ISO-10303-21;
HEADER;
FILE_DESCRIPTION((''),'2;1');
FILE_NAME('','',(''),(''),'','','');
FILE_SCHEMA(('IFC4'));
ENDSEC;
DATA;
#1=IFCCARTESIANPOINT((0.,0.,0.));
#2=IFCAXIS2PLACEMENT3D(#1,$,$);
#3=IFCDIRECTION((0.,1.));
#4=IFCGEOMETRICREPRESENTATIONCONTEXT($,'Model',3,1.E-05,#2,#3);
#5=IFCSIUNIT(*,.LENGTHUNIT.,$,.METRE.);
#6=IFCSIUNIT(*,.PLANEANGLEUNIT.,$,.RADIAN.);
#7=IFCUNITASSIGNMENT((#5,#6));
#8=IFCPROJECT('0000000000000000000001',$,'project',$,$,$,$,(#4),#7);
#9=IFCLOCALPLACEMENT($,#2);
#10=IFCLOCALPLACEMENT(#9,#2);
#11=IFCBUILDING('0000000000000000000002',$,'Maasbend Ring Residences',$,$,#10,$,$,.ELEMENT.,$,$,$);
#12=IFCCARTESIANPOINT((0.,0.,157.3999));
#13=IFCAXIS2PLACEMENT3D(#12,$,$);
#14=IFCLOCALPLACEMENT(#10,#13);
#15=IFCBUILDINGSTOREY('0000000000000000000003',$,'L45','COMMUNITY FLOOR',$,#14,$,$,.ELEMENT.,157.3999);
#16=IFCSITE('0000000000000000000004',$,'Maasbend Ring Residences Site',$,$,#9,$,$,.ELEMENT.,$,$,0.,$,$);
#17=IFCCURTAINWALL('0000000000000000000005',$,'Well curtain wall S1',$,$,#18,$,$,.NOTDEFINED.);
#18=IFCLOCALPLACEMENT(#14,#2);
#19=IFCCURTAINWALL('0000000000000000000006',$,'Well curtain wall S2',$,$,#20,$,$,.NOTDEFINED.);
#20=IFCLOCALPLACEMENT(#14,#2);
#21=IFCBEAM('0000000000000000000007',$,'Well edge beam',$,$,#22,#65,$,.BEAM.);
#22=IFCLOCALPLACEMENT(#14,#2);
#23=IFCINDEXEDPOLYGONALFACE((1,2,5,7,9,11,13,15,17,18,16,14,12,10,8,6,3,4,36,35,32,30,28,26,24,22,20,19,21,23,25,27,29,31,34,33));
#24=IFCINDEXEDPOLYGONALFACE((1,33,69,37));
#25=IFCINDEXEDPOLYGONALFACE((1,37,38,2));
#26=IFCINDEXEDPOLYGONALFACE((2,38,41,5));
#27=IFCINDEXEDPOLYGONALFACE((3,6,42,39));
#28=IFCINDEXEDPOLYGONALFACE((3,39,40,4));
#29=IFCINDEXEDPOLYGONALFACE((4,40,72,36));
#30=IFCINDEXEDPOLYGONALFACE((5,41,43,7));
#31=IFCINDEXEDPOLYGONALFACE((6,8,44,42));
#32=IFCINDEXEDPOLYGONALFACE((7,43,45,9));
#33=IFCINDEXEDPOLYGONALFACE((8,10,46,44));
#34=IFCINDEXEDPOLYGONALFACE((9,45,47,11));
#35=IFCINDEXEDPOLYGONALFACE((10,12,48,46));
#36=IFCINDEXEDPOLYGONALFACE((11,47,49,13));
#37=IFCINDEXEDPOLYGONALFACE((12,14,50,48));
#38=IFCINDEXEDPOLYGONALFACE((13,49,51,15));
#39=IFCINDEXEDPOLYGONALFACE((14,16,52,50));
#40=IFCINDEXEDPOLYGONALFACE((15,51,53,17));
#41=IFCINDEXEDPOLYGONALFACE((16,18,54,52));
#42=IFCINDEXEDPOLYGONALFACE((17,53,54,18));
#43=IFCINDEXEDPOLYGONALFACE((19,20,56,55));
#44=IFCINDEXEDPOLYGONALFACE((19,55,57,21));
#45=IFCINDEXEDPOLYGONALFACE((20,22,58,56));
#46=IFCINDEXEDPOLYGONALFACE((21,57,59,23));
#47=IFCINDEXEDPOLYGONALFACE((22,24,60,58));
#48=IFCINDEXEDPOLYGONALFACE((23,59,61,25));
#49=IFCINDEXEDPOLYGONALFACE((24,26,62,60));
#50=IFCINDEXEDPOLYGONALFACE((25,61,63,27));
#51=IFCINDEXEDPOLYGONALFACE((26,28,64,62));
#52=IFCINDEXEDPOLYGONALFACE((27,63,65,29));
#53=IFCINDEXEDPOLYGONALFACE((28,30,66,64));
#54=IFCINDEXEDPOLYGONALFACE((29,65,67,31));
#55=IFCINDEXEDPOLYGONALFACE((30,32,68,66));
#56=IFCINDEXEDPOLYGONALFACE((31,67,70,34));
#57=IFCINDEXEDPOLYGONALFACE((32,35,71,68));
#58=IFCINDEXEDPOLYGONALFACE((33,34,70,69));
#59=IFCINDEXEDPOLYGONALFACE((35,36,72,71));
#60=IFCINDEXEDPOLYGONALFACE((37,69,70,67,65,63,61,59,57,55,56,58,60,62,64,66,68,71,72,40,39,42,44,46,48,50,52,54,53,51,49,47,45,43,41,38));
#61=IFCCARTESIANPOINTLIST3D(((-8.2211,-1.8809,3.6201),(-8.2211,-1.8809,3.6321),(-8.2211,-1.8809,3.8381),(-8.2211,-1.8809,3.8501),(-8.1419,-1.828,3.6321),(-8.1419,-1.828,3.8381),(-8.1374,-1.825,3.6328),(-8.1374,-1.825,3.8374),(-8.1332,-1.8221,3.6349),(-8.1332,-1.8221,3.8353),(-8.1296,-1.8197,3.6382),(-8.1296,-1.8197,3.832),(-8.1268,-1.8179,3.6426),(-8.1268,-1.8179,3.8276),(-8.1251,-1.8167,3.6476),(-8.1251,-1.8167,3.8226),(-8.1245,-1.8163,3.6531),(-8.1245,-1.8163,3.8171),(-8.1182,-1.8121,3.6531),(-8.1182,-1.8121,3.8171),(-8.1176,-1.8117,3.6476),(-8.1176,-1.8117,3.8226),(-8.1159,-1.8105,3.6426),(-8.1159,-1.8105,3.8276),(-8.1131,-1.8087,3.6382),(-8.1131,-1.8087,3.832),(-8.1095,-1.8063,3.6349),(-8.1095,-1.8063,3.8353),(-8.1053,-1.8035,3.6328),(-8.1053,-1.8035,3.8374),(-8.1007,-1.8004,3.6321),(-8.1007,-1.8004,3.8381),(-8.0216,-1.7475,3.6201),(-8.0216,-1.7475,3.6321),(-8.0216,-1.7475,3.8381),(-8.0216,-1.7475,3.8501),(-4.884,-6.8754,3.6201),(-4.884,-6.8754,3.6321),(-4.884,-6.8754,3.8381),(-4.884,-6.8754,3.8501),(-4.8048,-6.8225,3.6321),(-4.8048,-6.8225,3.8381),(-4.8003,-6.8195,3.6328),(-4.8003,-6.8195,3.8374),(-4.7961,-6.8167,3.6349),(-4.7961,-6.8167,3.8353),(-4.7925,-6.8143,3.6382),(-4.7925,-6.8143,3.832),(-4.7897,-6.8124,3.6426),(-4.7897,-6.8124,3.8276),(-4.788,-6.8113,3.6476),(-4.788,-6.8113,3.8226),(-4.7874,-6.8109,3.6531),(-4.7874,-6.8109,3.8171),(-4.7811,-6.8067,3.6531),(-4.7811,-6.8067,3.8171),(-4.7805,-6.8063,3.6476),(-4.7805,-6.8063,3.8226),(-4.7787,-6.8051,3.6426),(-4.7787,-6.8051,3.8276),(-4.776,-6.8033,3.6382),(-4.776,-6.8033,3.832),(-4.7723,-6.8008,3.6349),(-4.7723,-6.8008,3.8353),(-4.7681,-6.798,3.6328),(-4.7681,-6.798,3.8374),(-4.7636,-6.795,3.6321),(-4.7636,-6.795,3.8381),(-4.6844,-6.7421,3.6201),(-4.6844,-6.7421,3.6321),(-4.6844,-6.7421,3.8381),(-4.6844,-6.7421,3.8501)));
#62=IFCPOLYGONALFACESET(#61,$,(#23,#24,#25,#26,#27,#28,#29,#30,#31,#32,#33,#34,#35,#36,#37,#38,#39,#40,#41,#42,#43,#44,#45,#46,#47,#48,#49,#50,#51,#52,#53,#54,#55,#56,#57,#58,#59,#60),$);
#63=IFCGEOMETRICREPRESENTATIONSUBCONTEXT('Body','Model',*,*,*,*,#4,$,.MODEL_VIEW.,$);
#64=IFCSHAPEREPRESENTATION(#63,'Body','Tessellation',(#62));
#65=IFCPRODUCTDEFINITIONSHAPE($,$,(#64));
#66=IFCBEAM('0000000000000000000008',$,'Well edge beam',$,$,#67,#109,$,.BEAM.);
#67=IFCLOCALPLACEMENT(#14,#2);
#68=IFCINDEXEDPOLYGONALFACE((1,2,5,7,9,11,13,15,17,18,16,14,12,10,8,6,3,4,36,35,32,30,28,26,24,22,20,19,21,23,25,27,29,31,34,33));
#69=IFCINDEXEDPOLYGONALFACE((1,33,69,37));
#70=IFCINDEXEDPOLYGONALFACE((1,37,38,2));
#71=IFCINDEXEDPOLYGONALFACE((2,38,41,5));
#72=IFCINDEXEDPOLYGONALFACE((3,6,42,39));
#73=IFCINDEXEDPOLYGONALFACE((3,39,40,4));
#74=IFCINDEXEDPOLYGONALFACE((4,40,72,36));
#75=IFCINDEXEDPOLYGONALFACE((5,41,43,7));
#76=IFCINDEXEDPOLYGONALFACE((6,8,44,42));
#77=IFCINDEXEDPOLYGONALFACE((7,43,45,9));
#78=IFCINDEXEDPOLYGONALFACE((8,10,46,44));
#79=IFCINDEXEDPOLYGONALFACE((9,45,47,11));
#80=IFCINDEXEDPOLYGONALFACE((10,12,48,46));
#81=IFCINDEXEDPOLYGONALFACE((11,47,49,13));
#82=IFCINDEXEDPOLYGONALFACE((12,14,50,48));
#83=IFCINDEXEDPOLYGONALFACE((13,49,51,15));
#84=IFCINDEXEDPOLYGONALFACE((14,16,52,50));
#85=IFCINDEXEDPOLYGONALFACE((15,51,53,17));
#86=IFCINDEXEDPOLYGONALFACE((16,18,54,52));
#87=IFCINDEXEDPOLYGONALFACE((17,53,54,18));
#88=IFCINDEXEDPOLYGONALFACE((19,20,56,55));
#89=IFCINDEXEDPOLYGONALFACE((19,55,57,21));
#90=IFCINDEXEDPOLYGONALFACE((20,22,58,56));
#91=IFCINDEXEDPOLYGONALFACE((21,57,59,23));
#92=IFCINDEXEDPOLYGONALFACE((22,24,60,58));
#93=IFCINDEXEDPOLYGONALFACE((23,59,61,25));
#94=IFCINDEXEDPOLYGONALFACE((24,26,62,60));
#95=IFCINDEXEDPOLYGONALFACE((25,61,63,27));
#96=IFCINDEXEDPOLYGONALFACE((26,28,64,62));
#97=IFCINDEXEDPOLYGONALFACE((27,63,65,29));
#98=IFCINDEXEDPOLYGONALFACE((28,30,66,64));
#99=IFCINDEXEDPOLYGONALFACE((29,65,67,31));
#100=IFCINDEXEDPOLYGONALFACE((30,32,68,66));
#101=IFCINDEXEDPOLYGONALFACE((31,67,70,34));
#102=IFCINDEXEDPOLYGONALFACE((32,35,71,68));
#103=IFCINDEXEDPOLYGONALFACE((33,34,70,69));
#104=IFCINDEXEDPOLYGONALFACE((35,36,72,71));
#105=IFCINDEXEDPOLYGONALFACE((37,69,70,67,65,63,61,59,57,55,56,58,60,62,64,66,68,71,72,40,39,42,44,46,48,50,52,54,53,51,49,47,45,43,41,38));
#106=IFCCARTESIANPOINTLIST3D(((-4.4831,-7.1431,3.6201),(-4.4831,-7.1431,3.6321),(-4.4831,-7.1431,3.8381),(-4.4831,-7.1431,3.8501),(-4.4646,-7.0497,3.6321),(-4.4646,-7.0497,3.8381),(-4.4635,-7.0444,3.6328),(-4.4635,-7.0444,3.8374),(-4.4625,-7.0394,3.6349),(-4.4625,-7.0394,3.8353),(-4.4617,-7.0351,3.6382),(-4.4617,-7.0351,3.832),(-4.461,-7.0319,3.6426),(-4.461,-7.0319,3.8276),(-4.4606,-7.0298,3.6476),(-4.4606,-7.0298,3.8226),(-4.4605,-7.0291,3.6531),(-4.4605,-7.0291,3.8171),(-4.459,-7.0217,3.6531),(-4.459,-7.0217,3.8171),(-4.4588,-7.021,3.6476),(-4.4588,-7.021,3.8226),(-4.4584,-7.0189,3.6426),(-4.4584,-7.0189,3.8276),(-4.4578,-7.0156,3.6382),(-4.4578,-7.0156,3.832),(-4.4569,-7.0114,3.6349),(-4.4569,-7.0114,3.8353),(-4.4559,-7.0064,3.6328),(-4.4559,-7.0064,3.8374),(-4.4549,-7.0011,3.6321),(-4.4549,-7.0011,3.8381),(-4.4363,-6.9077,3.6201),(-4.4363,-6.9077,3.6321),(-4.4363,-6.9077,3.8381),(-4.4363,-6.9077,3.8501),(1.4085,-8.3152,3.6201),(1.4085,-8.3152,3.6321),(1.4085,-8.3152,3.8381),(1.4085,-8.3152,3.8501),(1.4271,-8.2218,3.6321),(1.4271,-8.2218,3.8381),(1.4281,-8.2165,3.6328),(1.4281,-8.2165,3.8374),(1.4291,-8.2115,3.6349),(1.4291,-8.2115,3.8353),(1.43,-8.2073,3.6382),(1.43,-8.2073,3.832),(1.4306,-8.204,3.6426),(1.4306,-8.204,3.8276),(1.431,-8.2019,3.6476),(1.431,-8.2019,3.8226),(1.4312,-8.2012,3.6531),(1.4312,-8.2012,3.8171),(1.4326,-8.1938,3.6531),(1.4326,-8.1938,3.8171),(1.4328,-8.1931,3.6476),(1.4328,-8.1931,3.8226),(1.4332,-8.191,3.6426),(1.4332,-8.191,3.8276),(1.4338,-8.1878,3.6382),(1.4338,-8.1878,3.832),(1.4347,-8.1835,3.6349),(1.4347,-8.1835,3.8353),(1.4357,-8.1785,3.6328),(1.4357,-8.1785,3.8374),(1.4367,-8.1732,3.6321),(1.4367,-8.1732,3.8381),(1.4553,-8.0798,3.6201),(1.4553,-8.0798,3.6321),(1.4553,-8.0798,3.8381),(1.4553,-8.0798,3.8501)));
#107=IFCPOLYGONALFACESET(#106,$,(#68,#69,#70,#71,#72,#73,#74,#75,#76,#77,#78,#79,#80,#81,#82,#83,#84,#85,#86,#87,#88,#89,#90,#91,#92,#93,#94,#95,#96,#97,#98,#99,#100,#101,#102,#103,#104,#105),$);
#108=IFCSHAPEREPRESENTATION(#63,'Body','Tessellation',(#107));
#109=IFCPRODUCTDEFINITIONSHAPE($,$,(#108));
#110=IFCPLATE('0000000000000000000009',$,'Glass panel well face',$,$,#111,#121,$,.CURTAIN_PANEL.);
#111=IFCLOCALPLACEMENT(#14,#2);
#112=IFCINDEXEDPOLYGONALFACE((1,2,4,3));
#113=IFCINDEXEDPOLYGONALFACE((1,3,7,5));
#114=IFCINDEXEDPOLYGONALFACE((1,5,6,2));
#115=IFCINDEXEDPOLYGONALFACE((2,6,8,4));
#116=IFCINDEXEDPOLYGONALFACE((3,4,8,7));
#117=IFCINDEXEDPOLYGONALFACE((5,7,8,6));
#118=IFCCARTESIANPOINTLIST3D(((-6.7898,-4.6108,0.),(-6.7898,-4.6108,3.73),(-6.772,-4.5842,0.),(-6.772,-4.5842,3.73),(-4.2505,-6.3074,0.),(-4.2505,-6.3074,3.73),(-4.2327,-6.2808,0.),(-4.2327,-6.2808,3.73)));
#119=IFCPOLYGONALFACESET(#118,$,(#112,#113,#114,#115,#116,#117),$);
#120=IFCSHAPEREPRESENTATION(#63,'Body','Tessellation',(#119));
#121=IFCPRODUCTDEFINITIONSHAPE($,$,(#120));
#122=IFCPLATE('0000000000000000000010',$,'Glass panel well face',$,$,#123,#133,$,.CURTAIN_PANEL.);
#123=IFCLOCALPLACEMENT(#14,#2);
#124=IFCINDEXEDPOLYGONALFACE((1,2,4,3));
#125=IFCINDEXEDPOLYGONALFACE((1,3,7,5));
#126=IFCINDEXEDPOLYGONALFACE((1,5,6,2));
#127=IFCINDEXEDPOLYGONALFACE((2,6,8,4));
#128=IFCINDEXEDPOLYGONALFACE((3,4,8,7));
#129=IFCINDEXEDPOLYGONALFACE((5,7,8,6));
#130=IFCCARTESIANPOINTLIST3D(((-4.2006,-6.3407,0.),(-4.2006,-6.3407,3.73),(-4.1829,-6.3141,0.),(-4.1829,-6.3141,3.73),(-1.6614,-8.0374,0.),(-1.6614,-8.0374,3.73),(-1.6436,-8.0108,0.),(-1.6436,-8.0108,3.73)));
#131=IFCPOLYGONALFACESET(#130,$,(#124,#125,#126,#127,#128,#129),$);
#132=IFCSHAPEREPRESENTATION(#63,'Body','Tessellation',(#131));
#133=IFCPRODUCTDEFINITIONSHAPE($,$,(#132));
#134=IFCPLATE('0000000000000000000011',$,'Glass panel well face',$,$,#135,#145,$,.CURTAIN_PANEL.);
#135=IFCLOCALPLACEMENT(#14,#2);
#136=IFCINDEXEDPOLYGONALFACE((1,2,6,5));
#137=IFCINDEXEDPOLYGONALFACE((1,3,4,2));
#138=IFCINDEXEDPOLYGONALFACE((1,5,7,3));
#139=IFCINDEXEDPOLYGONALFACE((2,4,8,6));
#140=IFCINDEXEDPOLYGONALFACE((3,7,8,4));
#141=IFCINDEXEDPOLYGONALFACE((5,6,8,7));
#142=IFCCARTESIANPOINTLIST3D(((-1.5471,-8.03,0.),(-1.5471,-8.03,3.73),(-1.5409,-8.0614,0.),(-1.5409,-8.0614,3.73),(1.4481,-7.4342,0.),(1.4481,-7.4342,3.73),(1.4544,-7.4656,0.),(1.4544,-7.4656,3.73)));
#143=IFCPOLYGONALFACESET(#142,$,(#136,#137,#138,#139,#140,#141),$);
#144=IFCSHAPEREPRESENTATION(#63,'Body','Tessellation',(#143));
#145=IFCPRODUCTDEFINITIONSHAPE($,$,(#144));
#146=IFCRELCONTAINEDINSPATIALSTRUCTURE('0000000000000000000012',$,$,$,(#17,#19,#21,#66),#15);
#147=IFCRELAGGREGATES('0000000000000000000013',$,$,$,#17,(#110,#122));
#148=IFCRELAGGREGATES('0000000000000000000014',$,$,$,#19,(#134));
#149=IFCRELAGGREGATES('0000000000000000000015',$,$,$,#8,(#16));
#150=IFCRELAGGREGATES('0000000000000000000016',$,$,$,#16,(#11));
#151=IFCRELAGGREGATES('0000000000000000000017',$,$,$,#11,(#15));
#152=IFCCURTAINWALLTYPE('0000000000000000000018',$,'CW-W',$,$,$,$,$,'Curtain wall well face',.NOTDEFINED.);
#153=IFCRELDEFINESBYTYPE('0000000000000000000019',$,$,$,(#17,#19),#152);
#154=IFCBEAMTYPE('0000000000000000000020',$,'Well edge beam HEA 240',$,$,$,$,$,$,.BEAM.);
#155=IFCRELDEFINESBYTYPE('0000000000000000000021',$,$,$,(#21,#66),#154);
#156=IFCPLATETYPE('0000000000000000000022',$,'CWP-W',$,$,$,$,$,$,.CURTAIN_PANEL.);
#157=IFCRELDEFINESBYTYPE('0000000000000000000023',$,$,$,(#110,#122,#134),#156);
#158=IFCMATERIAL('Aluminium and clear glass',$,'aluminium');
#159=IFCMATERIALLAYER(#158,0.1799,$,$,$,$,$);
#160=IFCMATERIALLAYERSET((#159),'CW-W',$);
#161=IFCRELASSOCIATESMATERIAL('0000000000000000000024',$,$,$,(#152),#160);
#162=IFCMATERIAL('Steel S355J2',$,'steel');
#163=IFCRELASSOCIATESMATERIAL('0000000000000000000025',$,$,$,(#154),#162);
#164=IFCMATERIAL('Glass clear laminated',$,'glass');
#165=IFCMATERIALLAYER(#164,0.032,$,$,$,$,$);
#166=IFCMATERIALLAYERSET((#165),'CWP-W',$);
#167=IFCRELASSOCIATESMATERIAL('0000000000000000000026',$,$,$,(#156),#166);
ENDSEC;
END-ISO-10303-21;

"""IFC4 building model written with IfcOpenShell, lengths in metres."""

from ifc_helpers import new_model, si_unit, direction, frame, origin, origin_2d, place, context, subcontext, project, spatial, rectangle, i_section, extrude, material, layer, layer_set, material_profile, profile_set, type_object, element, aggregate, save


model = new_model("IFC4")

# Units and contexts
model_context = context("Model", 3, precision=1e-05, world=origin(), true_north=direction((0.0, 1.0)))
body_context = subcontext(model_context, "Body", "Model", "MODEL_VIEW")
ifc_project = project(units=[si_unit("LENGTHUNIT", "METRE"), si_unit("PLANEANGLEUNIT", "RADIAN")], contexts=[model_context])

# Site, building, storey
site_placement = place(None, origin())
site = spatial("IfcSite", under=ifc_project, at=site_placement, Name="Maasbend Ring Residences Site", CompositionType="ELEMENT", RefElevation=0.0)
building_placement = place(site_placement, origin())
building = spatial("IfcBuilding", under=site, at=building_placement, Name="Maasbend Ring Residences", CompositionType="ELEMENT")
storey_placement = place(building_placement, frame((0.0, 0.0, 157.3999)))
storey = spatial("IfcBuildingStorey", under=building, at=storey_placement, Name="L45", Description="COMMUNITY FLOOR", CompositionType="ELEMENT", Elevation=157.3999)

# Curtain wall
ifc_material_1 = material(Name="Aluminium and clear glass", Category="aluminium")
ifc_layer_1 = layer(ifc_material_1, 0.1799)
ifc_layer_set_1 = layer_set([ifc_layer_1], Name="CW-W")
curtain_wall_type = type_object("IfcCurtainWallType", Name="CW-W", ElementType="Curtain wall well face", PredefinedType="NOTDEFINED", material=ifc_layer_set_1)
curtain_wall_1_placement = place(storey_placement, origin())
curtain_wall_1 = element("IfcCurtainWall", 1, at=curtain_wall_1_placement, inside=storey, type_object=curtain_wall_type, Name="Well curtain wall S1", PredefinedType="NOTDEFINED")

# Curtain wall
curtain_wall_2_placement = place(storey_placement, origin())
curtain_wall_2 = element("IfcCurtainWall", 2, at=curtain_wall_2_placement, inside=storey, type_object=curtain_wall_type, Name="Well curtain wall S2", PredefinedType="NOTDEFINED")

# Beams
ifc_material_2 = material(Name="Steel S355J2", Category="steel")
ifc_material_profile_1 = material_profile(ifc_material_2, i_section(OverallWidth=0.24, OverallDepth=0.23, WebThickness=0.0076, FlangeThickness=0.012, FilletRadius=0.021, at=origin_2d()), Name="HEA 240")
ifc_profile_set_1 = profile_set([ifc_material_profile_1], Name="Steel S355J2")
beam_type = type_object("IfcBeamType", Name="Well edge beam HEA 240", PredefinedType="BEAM", material=ifc_profile_set_1)
beam_1_placement = place(storey_placement, frame((-8.1213, -1.8142, 3.7351), z_axis=(0.555553, -0.831481, 0.0), x_axis=(0.831481, 0.555553, 0.0)))
element("IfcBeam", 3, at=beam_1_placement, inside=storey, type_object=beam_type, Name="Well edge beam", PredefinedType="BEAM", context=body_context, shape_type="SweptSolid", body=[
    extrude(i_section(OverallWidth=0.24, OverallDepth=0.23, WebThickness=0.0076, FlangeThickness=0.012, FilletRadius=0.021, at=origin_2d()), origin(), (0.0, 0.0, 1.0), 6.0068),
])
beam_2_placement = place(storey_placement, frame((-4.4597, -7.0254, 3.7351), z_axis=(0.980779, -0.195123, 0.0), x_axis=(0.195123, 0.980779, 0.0)))
element("IfcBeam", 4, at=beam_2_placement, inside=storey, type_object=beam_type, Name="Well edge beam", PredefinedType="BEAM", context=body_context, shape_type="SweptSolid", body=[
    extrude(i_section(OverallWidth=0.24, OverallDepth=0.23, WebThickness=0.0076, FlangeThickness=0.012, FilletRadius=0.021, at=origin_2d()), origin(), (0.0, 0.0, 1.0), 6.0071),
])

# Plates
ifc_material_3 = material(Name="Glass clear laminated", Category="glass")
ifc_layer_2 = layer(ifc_material_3, 0.032)
ifc_layer_set_2 = layer_set([ifc_layer_2], Name="CWP-W")
plate_type = type_object("IfcPlateType", Name="CWP-W", PredefinedType="CURTAIN_PANEL", material=ifc_layer_set_2)
plate_1_placement = place(storey_placement, frame((-5.5112, -5.4458, 0.0), z_axis=(0.0, 0.0, 1.0), x_axis=(0.83147, -0.55557, 0.0)))
plate_1 = element("IfcPlate", 5, at=plate_1_placement, type_object=plate_type, Name="Glass panel well face", PredefinedType="CURTAIN_PANEL", context=body_context, shape_type="SweptSolid", body=[
    extrude(rectangle(XDim=3.054, YDim=0.032, at=origin_2d()), origin(), (0.0, 0.0, 1.0), 3.73),
])
plate_2_placement = place(storey_placement, frame((-2.9221, -7.1758, 0.0), z_axis=(0.0, 0.0, 1.0), x_axis=(0.83147, -0.55557, 0.0)))
plate_2 = element("IfcPlate", 6, at=plate_2_placement, type_object=plate_type, Name="Glass panel well face", PredefinedType="CURTAIN_PANEL", context=body_context, shape_type="SweptSolid", body=[
    extrude(rectangle(XDim=3.054, YDim=0.032, at=origin_2d()), origin(), (0.0, 0.0, 1.0), 3.73),
])
aggregate(curtain_wall_1, [plate_1, plate_2])
plate_3_placement = place(storey_placement, frame((-0.0464, -7.7478, 0.0), z_axis=(0.0, 0.0, 1.0), x_axis=(0.980785, 0.19509, 0.0)))
plate_3 = element("IfcPlate", 7, at=plate_3_placement, type_object=plate_type, Name="Glass panel well face", PredefinedType="CURTAIN_PANEL", context=body_context, shape_type="SweptSolid", body=[
    extrude(rectangle(XDim=3.054, YDim=0.032, at=origin_2d()), origin(), (0.0, 0.0, 1.0), 3.73),
])
aggregate(curtain_wall_2, [plate_3])

save(model, "model.ifc")
